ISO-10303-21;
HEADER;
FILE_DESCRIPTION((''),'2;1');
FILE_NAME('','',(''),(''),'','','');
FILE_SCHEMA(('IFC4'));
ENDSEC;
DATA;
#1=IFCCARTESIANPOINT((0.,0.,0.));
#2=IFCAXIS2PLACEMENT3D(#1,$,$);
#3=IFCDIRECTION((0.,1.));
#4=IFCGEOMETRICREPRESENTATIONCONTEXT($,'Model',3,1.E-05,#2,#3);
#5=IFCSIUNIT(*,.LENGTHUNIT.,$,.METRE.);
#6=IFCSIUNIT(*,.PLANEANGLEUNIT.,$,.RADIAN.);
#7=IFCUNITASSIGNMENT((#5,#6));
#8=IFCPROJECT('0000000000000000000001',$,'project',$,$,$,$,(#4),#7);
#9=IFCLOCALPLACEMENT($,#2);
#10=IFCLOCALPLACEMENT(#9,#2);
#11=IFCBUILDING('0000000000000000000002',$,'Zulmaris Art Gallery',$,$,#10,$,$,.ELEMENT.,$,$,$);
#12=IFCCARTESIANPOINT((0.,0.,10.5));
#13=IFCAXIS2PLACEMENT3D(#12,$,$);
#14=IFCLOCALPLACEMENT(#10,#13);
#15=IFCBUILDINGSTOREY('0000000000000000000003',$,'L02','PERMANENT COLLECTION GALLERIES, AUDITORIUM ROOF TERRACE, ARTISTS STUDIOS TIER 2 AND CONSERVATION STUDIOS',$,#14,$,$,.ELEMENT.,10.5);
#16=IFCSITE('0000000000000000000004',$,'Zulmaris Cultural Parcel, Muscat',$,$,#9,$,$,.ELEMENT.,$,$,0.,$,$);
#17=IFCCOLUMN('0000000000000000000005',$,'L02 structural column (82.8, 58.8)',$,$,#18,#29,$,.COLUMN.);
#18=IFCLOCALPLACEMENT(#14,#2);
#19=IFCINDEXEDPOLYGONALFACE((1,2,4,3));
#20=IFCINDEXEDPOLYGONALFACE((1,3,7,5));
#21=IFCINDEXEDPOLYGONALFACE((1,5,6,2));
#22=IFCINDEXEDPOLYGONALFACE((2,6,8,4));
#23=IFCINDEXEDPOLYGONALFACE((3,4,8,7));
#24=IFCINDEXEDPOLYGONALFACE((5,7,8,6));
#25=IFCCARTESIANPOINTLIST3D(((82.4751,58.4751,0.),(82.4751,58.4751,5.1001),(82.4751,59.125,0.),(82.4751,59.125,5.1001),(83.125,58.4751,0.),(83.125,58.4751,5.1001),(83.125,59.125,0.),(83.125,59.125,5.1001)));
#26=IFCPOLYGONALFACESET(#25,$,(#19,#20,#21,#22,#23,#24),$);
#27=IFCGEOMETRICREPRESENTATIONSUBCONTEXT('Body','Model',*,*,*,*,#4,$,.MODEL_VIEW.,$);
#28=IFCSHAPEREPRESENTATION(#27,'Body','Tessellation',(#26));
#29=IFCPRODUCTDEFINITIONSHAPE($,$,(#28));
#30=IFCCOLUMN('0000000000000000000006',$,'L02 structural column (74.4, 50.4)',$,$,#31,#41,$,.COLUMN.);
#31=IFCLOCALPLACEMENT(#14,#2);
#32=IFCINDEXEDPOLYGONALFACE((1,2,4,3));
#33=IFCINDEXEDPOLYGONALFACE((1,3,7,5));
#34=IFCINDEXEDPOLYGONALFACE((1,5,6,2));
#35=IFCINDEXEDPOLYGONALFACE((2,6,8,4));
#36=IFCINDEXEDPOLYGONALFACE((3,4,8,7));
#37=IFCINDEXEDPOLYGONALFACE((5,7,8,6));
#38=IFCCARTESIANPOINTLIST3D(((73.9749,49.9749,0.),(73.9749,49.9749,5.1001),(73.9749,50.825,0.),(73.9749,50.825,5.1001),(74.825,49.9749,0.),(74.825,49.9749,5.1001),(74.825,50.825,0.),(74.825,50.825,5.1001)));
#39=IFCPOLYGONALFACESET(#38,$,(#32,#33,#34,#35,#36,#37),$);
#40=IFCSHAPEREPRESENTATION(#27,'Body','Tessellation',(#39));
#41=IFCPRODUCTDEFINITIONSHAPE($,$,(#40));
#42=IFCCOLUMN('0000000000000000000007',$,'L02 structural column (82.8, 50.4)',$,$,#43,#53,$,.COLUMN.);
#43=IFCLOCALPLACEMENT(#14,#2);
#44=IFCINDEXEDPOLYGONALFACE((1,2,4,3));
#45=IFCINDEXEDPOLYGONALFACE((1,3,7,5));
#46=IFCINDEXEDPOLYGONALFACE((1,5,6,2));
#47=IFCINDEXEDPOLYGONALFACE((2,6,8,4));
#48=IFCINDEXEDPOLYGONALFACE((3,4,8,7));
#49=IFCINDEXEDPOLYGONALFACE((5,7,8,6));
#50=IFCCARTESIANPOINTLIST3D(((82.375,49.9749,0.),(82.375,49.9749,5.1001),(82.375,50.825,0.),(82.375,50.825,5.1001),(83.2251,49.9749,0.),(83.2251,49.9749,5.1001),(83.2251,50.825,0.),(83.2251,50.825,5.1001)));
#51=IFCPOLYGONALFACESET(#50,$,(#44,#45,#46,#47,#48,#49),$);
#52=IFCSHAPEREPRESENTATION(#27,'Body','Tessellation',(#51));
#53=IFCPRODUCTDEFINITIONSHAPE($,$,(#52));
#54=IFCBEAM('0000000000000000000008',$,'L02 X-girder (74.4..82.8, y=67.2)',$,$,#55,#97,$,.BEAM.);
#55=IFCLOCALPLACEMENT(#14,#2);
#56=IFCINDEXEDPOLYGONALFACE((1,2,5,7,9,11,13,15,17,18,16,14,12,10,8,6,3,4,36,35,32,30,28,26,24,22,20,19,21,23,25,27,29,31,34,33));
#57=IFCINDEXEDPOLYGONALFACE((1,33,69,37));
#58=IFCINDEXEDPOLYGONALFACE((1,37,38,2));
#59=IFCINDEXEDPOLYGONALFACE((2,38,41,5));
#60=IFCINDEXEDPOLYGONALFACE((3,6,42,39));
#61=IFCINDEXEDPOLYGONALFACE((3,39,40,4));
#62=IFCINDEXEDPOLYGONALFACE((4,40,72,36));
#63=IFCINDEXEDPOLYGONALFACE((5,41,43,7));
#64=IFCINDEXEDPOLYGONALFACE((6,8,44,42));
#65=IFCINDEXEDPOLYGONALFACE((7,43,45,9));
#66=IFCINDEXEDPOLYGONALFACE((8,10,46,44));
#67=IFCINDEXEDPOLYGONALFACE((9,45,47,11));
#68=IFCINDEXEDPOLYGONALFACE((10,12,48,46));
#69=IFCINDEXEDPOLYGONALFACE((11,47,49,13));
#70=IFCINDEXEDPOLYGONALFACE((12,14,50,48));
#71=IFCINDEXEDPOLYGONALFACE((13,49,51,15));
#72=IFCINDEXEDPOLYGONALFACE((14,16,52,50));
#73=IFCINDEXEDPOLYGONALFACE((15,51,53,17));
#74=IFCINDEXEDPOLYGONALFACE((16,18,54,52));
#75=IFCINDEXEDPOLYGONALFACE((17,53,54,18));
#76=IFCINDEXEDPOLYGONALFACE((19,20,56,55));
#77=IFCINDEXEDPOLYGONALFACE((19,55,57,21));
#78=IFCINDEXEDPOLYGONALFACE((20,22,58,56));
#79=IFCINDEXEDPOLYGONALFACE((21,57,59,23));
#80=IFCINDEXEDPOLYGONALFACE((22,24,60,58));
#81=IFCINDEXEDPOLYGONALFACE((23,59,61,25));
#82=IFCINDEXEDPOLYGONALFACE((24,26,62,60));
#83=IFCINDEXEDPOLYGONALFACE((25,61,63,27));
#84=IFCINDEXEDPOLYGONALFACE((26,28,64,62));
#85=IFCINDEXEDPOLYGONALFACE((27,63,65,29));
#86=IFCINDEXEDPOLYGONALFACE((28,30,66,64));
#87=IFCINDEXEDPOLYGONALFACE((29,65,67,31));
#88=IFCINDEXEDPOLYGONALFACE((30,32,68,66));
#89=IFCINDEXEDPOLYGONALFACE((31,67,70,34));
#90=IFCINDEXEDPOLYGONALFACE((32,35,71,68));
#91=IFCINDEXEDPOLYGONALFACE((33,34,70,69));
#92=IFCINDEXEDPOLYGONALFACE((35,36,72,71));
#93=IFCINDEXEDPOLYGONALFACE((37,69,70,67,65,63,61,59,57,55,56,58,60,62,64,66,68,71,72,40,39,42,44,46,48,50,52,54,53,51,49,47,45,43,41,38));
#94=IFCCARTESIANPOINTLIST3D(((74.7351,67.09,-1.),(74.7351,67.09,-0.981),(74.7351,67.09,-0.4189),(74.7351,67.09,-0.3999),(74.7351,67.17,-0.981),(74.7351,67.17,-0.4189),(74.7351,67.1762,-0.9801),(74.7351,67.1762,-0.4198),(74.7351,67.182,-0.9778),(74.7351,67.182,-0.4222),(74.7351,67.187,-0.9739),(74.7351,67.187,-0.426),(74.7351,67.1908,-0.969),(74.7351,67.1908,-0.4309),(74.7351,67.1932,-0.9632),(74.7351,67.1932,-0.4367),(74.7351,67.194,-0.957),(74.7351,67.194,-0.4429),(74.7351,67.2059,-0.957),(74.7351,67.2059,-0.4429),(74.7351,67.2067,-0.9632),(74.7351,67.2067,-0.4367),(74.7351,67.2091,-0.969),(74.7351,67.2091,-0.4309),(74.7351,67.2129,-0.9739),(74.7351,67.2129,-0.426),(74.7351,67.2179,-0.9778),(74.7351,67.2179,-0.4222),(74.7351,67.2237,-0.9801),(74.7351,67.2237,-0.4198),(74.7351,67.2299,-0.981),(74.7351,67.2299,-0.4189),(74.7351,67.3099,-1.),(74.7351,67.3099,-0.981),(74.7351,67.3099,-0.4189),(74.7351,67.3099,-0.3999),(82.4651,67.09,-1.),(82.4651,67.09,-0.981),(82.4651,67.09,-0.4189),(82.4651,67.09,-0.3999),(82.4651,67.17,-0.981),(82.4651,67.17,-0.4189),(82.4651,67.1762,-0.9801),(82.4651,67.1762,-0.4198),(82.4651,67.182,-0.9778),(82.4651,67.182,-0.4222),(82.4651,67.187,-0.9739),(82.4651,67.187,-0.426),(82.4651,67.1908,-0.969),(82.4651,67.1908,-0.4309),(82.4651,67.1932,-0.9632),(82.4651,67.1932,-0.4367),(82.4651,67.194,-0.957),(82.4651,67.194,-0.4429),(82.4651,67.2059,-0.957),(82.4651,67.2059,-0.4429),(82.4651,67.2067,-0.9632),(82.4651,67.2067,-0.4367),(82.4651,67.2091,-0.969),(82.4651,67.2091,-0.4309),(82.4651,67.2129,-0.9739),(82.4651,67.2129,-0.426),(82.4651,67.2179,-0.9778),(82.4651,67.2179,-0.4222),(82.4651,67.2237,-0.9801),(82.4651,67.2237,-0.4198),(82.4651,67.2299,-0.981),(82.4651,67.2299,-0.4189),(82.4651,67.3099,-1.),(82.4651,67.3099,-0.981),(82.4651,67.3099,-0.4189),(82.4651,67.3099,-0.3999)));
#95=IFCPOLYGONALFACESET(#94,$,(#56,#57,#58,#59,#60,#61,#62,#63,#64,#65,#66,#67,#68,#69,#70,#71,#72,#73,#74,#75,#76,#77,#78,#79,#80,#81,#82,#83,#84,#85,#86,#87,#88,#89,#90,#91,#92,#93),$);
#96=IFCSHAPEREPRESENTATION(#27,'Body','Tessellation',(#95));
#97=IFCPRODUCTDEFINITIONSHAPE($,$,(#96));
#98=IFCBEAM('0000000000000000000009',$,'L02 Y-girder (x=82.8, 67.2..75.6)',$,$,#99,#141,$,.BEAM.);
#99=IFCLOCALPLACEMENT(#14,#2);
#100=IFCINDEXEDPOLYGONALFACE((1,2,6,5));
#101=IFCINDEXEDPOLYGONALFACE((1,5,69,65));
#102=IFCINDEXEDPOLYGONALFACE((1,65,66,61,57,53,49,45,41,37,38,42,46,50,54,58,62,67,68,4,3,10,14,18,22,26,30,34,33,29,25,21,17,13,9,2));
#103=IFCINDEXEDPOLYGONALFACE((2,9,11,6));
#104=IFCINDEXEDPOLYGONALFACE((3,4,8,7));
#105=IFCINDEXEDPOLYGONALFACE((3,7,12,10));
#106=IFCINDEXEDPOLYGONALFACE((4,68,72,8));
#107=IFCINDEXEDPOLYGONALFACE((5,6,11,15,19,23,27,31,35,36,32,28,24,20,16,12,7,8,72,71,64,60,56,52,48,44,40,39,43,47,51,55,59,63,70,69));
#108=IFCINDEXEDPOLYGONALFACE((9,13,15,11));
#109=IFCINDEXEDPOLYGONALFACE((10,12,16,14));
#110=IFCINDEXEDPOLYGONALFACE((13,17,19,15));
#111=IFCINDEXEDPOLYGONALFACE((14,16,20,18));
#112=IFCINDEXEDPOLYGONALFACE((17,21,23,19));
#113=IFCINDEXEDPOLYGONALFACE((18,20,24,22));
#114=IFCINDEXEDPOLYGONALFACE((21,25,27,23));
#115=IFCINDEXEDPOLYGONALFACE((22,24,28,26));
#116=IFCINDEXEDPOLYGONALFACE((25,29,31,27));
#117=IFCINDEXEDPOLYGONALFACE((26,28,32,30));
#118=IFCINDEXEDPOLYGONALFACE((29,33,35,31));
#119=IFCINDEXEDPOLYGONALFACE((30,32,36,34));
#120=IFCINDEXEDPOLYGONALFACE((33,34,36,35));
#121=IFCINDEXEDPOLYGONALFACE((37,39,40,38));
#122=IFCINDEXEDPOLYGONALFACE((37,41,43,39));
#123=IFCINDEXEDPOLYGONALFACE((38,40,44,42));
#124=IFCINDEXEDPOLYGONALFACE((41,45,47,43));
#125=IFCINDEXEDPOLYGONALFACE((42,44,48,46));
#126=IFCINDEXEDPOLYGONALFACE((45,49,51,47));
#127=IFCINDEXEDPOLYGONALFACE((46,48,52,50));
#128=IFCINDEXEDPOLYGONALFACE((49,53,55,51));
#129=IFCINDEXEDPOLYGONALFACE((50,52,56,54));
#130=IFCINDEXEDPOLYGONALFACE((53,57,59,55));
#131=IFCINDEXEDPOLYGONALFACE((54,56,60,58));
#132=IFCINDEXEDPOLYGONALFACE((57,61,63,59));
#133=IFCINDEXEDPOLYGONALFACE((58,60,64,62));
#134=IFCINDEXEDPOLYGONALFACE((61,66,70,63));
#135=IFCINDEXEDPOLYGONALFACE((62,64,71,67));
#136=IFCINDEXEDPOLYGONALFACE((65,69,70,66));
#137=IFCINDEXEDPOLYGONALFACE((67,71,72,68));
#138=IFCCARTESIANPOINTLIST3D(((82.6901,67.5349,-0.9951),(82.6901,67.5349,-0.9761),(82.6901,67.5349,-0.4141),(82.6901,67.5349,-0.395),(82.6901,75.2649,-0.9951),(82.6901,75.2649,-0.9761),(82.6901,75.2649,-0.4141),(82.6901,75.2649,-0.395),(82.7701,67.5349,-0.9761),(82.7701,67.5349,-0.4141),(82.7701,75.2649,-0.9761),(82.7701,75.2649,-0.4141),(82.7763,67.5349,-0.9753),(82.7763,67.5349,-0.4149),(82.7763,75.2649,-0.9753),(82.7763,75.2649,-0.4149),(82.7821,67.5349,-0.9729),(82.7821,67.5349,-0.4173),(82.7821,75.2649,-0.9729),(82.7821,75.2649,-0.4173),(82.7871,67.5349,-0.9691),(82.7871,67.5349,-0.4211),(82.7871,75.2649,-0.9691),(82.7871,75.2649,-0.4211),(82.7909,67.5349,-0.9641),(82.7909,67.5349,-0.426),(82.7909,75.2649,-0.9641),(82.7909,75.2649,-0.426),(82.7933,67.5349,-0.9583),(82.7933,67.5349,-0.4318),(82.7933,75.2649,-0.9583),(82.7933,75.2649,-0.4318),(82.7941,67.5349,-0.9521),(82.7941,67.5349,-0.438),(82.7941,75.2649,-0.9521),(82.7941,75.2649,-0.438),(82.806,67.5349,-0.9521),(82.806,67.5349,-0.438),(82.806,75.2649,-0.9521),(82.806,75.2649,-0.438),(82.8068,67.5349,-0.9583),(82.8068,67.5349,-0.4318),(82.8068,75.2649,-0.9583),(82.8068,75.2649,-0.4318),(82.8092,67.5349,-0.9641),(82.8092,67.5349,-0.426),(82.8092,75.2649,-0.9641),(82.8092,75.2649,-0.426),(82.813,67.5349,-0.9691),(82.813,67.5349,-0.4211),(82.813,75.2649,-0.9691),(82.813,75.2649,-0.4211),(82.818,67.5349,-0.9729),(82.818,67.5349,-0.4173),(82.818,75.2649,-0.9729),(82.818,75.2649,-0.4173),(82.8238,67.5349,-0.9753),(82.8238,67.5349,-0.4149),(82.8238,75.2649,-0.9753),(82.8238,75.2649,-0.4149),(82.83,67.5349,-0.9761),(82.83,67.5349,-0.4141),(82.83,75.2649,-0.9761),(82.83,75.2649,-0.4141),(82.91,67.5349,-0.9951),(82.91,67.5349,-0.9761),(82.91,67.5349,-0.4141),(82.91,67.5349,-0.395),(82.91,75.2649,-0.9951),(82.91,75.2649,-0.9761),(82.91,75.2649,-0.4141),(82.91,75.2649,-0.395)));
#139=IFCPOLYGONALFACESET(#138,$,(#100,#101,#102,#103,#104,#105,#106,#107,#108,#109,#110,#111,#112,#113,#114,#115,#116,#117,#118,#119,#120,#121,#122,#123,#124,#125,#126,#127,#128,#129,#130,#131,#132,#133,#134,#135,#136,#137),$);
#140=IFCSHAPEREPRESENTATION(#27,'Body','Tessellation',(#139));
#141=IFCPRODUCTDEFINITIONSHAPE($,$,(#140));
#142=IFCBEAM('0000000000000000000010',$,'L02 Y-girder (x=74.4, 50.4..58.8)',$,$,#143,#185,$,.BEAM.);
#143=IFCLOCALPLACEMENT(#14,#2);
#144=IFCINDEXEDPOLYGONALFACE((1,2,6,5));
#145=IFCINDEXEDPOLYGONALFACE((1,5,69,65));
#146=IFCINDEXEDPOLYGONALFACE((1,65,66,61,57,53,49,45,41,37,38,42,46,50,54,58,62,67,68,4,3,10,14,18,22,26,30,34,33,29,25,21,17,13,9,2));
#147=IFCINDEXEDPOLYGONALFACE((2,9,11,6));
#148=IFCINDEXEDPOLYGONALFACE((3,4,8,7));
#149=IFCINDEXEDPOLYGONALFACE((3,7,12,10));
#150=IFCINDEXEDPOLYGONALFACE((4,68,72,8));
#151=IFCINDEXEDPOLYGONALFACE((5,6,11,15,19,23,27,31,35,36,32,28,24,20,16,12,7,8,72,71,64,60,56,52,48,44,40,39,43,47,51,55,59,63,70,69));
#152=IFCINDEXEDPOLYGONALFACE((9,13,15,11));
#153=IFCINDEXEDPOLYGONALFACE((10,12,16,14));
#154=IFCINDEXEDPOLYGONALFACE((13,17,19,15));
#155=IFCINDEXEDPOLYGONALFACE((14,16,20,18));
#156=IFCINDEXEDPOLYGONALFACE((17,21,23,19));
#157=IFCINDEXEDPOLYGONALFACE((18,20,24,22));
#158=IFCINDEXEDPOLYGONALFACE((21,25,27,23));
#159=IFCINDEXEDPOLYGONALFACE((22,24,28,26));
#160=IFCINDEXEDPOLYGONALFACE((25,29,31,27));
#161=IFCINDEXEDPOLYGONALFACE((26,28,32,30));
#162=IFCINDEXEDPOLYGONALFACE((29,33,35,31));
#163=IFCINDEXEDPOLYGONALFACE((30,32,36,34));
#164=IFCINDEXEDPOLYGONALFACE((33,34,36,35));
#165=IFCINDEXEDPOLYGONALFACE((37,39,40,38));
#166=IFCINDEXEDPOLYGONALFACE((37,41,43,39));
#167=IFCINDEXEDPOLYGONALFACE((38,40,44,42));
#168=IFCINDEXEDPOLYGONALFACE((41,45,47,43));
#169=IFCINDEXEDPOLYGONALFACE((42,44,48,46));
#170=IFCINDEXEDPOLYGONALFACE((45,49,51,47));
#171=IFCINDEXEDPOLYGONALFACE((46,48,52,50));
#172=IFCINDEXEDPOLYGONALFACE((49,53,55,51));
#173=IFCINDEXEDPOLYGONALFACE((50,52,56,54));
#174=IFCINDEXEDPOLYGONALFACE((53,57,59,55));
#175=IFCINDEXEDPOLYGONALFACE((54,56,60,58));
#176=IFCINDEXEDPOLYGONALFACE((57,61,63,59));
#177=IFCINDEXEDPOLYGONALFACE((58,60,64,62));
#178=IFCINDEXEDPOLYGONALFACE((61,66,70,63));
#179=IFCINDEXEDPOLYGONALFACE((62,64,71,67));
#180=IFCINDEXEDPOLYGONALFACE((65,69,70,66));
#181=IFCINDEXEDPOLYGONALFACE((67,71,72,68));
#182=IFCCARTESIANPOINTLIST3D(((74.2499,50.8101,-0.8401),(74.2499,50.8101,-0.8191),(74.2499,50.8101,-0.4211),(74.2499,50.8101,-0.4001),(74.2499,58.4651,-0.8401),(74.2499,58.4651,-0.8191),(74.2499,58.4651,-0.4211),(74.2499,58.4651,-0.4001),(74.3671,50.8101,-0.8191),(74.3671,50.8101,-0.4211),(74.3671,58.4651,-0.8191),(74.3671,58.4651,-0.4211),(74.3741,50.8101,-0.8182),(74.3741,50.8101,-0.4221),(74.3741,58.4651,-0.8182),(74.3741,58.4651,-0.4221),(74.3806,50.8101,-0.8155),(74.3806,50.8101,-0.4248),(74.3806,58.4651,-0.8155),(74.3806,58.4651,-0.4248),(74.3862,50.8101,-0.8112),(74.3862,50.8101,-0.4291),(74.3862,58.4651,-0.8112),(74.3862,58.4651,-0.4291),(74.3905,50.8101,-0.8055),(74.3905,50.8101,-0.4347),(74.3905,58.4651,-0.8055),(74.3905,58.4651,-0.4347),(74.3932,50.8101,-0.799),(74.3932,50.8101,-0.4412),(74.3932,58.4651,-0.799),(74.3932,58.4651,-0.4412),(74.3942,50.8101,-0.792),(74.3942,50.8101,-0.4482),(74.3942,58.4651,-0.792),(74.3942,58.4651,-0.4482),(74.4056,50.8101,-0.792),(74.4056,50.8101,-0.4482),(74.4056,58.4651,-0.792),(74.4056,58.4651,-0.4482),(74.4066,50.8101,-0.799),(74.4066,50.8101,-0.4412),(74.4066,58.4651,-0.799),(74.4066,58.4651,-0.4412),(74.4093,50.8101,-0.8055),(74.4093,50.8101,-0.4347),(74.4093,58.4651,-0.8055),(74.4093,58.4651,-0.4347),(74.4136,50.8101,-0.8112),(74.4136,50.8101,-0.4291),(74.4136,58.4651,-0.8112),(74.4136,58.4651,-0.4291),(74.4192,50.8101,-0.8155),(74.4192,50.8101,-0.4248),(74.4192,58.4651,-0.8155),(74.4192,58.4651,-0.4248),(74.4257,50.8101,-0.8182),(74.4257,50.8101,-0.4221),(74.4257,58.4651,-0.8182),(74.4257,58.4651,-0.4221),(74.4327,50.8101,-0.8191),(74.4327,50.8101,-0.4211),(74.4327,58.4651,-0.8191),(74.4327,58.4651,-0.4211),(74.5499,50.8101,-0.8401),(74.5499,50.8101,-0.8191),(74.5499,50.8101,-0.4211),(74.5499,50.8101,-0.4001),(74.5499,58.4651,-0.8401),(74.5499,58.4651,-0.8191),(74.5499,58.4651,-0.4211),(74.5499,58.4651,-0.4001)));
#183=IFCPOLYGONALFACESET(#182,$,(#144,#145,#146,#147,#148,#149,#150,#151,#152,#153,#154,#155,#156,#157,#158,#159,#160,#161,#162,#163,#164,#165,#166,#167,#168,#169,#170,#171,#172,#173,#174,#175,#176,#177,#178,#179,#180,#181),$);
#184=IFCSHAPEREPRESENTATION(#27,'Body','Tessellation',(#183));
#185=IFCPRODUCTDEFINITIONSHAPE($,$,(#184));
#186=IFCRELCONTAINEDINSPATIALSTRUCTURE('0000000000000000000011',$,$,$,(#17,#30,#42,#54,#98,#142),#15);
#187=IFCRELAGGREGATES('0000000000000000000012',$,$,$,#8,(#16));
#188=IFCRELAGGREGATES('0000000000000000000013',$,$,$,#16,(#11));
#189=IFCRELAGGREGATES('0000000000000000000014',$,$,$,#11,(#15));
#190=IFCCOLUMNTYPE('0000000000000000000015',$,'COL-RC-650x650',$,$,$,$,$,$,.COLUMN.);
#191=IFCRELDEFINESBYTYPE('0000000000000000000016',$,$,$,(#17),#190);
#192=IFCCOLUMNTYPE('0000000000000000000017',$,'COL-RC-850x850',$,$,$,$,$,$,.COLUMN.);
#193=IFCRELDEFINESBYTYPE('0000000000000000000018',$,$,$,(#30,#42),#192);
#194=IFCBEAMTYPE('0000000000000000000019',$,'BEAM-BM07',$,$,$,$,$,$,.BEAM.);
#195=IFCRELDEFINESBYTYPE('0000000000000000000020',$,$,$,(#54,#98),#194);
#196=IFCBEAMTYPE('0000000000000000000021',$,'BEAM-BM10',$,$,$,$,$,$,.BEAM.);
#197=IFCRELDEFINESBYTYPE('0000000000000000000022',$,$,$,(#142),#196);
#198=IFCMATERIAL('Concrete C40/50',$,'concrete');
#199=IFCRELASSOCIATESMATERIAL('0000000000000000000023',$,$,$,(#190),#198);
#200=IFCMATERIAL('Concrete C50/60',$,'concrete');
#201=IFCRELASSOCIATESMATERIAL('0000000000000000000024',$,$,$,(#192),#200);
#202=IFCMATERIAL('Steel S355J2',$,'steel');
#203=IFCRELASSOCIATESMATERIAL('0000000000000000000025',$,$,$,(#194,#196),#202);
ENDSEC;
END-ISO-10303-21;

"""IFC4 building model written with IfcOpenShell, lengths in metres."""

from ifc_helpers import new_model, si_unit, direction, frame, origin, origin_2d, place, context, subcontext, project, spatial, rectangle, i_section, extrude, material, material_profile, profile_set, type_object, element, save


model = new_model("IFC4")

# Units and contexts
model_context = context("Model", 3, precision=1e-05, world=origin(), true_north=direction((0.0, 1.0)))
body_context = subcontext(model_context, "Body", "Model", "MODEL_VIEW")
ifc_project = project(units=[si_unit("LENGTHUNIT", "METRE"), si_unit("PLANEANGLEUNIT", "RADIAN")], contexts=[model_context])

# Site, building, storey
site_placement = place(None, origin())
site = spatial("IfcSite", under=ifc_project, at=site_placement, Name="Zulmaris Cultural Parcel, Muscat", CompositionType="ELEMENT", RefElevation=0.0)
building_placement = place(site_placement, origin())
building = spatial("IfcBuilding", under=site, at=building_placement, Name="Zulmaris Art Gallery", CompositionType="ELEMENT")
storey_placement = place(building_placement, frame((0.0, 0.0, 10.5)))
storey = spatial("IfcBuildingStorey", under=building, at=storey_placement, Name="L02", Description="PERMANENT COLLECTION GALLERIES, AUDITORIUM ROOF TERRACE, ARTISTS STUDIOS TIER 2 AND CONSERVATION STUDIOS", CompositionType="ELEMENT", Elevation=10.5)

# Columns
ifc_material_1 = material(Name="Concrete C40/50", Category="concrete")
ifc_material_profile_1 = material_profile(ifc_material_1, rectangle(XDim=0.6499, YDim=0.6499, at=origin_2d()), Name="RC 650x650")
ifc_profile_set_1 = profile_set([ifc_material_profile_1], Name="Concrete C40/50")
column_type_1 = type_object("IfcColumnType", Name="COL-RC-650x650", PredefinedType="COLUMN", material=ifc_profile_set_1)
column_placement = place(storey_placement, frame((82.8, 58.8, 0.0), z_axis=(0.0, 0.0, 1.0), x_axis=(1.0, 0.0, 0.0)))
element("IfcColumn", 1, at=column_placement, inside=storey, type_object=column_type_1, Name="L02 structural column (82.8, 58.8)", PredefinedType="COLUMN", context=body_context, shape_type="SweptSolid", body=[
    extrude(rectangle(XDim=0.6499, YDim=0.6499, at=origin_2d()), origin(), (0.0, 0.0, 1.0), 5.1001),
])
ifc_material_2 = material(Name="Concrete C50/60", Category="concrete")
ifc_material_profile_2 = material_profile(ifc_material_2, rectangle(XDim=0.8501, YDim=0.8501, at=origin_2d()), Name="RC 850x850")
ifc_profile_set_2 = profile_set([ifc_material_profile_2], Name="Concrete C50/60")
column_type_2 = type_object("IfcColumnType", Name="COL-RC-850x850", PredefinedType="COLUMN", material=ifc_profile_set_2)
for number, where, z_axis, x_axis, name in (
    (2, (74.3999, 50.3999, 0.0), (0.0, 0.0, 1.0), (1.0, 0.0, 0.0), "L02 structural column (74.4, 50.4)"),
    (3, (82.8, 50.3999, 0.0), (0.0, 0.0, 1.0), (1.0, 0.0, 0.0), "L02 structural column (82.8, 50.4)"),
):
    element("IfcColumn", number, at=place(storey_placement, frame(where, z_axis=z_axis, x_axis=x_axis)), inside=storey, type_object=column_type_2, Name=name, PredefinedType="COLUMN", context=body_context, shape_type="SweptSolid", body=[
        extrude(rectangle(XDim=0.8501, YDim=0.8501, at=origin_2d()), origin(), (0.0, 0.0, 1.0), 5.1001),
    ])

# Beams
ifc_material_3 = material(Name="Steel S355J2", Category="steel")
ifc_material_profile_3 = material_profile(ifc_material_3, i_section(OverallWidth=0.22, OverallDepth=0.6001, WebThickness=0.012, FlangeThickness=0.019, FilletRadius=0.0239, at=origin_2d()), Name="IPE 600")
ifc_profile_set_3 = profile_set([ifc_material_profile_3], Name="Steel S355J2")
beam_type_1 = type_object("IfcBeamType", Name="BEAM-BM07", PredefinedType="BEAM", material=ifc_profile_set_3)
for number, where, z_axis, x_axis, name in (
    (4, (74.7351, 67.2, -0.7), (1.0, 0.0, 0.0), (0.0, 1.0, 0.0), "L02 X-girder (74.4..82.8, y=67.2)"),
    (5, (82.8, 67.5349, -0.6951), (0.0, 1.0, 0.0), (-1.0, 0.0, 0.0), "L02 Y-girder (x=82.8, 67.2..75.6)"),
):
    element("IfcBeam", number, at=place(storey_placement, frame(where, z_axis=z_axis, x_axis=x_axis)), inside=storey, type_object=beam_type_1, Name=name, PredefinedType="BEAM", context=body_context, shape_type="SweptSolid", body=[
        extrude(i_section(OverallWidth=0.22, OverallDepth=0.6001, WebThickness=0.012, FlangeThickness=0.019, FilletRadius=0.0239, at=origin_2d()), origin(), (0.0, 0.0, 1.0), 7.73),
    ])
ifc_material_profile_4 = material_profile(ifc_material_3, i_section(OverallWidth=0.3, OverallDepth=0.4399, WebThickness=0.0115, FlangeThickness=0.021, FilletRadius=0.0271, at=origin_2d()), Name="HEA 450")
ifc_profile_set_4 = profile_set([ifc_material_profile_4], Name="Steel S355J2")
beam_type_2 = type_object("IfcBeamType", Name="BEAM-BM10", PredefinedType="BEAM", material=ifc_profile_set_4)
beam_1_placement = place(storey_placement, frame((74.3999, 50.8101, -0.6201), z_axis=(0.0, 1.0, 0.0), x_axis=(-1.0, 0.0, 0.0)))
element("IfcBeam", 6, at=beam_1_placement, inside=storey, type_object=beam_type_2, Name="L02 Y-girder (x=74.4, 50.4..58.8)", PredefinedType="BEAM", context=body_context, shape_type="SweptSolid", body=[
    extrude(i_section(OverallWidth=0.3, OverallDepth=0.4399, WebThickness=0.0115, FlangeThickness=0.021, FilletRadius=0.0271, at=origin_2d()), origin(), (0.0, 0.0, 1.0), 7.655),
])

save(model, "model.ifc")
